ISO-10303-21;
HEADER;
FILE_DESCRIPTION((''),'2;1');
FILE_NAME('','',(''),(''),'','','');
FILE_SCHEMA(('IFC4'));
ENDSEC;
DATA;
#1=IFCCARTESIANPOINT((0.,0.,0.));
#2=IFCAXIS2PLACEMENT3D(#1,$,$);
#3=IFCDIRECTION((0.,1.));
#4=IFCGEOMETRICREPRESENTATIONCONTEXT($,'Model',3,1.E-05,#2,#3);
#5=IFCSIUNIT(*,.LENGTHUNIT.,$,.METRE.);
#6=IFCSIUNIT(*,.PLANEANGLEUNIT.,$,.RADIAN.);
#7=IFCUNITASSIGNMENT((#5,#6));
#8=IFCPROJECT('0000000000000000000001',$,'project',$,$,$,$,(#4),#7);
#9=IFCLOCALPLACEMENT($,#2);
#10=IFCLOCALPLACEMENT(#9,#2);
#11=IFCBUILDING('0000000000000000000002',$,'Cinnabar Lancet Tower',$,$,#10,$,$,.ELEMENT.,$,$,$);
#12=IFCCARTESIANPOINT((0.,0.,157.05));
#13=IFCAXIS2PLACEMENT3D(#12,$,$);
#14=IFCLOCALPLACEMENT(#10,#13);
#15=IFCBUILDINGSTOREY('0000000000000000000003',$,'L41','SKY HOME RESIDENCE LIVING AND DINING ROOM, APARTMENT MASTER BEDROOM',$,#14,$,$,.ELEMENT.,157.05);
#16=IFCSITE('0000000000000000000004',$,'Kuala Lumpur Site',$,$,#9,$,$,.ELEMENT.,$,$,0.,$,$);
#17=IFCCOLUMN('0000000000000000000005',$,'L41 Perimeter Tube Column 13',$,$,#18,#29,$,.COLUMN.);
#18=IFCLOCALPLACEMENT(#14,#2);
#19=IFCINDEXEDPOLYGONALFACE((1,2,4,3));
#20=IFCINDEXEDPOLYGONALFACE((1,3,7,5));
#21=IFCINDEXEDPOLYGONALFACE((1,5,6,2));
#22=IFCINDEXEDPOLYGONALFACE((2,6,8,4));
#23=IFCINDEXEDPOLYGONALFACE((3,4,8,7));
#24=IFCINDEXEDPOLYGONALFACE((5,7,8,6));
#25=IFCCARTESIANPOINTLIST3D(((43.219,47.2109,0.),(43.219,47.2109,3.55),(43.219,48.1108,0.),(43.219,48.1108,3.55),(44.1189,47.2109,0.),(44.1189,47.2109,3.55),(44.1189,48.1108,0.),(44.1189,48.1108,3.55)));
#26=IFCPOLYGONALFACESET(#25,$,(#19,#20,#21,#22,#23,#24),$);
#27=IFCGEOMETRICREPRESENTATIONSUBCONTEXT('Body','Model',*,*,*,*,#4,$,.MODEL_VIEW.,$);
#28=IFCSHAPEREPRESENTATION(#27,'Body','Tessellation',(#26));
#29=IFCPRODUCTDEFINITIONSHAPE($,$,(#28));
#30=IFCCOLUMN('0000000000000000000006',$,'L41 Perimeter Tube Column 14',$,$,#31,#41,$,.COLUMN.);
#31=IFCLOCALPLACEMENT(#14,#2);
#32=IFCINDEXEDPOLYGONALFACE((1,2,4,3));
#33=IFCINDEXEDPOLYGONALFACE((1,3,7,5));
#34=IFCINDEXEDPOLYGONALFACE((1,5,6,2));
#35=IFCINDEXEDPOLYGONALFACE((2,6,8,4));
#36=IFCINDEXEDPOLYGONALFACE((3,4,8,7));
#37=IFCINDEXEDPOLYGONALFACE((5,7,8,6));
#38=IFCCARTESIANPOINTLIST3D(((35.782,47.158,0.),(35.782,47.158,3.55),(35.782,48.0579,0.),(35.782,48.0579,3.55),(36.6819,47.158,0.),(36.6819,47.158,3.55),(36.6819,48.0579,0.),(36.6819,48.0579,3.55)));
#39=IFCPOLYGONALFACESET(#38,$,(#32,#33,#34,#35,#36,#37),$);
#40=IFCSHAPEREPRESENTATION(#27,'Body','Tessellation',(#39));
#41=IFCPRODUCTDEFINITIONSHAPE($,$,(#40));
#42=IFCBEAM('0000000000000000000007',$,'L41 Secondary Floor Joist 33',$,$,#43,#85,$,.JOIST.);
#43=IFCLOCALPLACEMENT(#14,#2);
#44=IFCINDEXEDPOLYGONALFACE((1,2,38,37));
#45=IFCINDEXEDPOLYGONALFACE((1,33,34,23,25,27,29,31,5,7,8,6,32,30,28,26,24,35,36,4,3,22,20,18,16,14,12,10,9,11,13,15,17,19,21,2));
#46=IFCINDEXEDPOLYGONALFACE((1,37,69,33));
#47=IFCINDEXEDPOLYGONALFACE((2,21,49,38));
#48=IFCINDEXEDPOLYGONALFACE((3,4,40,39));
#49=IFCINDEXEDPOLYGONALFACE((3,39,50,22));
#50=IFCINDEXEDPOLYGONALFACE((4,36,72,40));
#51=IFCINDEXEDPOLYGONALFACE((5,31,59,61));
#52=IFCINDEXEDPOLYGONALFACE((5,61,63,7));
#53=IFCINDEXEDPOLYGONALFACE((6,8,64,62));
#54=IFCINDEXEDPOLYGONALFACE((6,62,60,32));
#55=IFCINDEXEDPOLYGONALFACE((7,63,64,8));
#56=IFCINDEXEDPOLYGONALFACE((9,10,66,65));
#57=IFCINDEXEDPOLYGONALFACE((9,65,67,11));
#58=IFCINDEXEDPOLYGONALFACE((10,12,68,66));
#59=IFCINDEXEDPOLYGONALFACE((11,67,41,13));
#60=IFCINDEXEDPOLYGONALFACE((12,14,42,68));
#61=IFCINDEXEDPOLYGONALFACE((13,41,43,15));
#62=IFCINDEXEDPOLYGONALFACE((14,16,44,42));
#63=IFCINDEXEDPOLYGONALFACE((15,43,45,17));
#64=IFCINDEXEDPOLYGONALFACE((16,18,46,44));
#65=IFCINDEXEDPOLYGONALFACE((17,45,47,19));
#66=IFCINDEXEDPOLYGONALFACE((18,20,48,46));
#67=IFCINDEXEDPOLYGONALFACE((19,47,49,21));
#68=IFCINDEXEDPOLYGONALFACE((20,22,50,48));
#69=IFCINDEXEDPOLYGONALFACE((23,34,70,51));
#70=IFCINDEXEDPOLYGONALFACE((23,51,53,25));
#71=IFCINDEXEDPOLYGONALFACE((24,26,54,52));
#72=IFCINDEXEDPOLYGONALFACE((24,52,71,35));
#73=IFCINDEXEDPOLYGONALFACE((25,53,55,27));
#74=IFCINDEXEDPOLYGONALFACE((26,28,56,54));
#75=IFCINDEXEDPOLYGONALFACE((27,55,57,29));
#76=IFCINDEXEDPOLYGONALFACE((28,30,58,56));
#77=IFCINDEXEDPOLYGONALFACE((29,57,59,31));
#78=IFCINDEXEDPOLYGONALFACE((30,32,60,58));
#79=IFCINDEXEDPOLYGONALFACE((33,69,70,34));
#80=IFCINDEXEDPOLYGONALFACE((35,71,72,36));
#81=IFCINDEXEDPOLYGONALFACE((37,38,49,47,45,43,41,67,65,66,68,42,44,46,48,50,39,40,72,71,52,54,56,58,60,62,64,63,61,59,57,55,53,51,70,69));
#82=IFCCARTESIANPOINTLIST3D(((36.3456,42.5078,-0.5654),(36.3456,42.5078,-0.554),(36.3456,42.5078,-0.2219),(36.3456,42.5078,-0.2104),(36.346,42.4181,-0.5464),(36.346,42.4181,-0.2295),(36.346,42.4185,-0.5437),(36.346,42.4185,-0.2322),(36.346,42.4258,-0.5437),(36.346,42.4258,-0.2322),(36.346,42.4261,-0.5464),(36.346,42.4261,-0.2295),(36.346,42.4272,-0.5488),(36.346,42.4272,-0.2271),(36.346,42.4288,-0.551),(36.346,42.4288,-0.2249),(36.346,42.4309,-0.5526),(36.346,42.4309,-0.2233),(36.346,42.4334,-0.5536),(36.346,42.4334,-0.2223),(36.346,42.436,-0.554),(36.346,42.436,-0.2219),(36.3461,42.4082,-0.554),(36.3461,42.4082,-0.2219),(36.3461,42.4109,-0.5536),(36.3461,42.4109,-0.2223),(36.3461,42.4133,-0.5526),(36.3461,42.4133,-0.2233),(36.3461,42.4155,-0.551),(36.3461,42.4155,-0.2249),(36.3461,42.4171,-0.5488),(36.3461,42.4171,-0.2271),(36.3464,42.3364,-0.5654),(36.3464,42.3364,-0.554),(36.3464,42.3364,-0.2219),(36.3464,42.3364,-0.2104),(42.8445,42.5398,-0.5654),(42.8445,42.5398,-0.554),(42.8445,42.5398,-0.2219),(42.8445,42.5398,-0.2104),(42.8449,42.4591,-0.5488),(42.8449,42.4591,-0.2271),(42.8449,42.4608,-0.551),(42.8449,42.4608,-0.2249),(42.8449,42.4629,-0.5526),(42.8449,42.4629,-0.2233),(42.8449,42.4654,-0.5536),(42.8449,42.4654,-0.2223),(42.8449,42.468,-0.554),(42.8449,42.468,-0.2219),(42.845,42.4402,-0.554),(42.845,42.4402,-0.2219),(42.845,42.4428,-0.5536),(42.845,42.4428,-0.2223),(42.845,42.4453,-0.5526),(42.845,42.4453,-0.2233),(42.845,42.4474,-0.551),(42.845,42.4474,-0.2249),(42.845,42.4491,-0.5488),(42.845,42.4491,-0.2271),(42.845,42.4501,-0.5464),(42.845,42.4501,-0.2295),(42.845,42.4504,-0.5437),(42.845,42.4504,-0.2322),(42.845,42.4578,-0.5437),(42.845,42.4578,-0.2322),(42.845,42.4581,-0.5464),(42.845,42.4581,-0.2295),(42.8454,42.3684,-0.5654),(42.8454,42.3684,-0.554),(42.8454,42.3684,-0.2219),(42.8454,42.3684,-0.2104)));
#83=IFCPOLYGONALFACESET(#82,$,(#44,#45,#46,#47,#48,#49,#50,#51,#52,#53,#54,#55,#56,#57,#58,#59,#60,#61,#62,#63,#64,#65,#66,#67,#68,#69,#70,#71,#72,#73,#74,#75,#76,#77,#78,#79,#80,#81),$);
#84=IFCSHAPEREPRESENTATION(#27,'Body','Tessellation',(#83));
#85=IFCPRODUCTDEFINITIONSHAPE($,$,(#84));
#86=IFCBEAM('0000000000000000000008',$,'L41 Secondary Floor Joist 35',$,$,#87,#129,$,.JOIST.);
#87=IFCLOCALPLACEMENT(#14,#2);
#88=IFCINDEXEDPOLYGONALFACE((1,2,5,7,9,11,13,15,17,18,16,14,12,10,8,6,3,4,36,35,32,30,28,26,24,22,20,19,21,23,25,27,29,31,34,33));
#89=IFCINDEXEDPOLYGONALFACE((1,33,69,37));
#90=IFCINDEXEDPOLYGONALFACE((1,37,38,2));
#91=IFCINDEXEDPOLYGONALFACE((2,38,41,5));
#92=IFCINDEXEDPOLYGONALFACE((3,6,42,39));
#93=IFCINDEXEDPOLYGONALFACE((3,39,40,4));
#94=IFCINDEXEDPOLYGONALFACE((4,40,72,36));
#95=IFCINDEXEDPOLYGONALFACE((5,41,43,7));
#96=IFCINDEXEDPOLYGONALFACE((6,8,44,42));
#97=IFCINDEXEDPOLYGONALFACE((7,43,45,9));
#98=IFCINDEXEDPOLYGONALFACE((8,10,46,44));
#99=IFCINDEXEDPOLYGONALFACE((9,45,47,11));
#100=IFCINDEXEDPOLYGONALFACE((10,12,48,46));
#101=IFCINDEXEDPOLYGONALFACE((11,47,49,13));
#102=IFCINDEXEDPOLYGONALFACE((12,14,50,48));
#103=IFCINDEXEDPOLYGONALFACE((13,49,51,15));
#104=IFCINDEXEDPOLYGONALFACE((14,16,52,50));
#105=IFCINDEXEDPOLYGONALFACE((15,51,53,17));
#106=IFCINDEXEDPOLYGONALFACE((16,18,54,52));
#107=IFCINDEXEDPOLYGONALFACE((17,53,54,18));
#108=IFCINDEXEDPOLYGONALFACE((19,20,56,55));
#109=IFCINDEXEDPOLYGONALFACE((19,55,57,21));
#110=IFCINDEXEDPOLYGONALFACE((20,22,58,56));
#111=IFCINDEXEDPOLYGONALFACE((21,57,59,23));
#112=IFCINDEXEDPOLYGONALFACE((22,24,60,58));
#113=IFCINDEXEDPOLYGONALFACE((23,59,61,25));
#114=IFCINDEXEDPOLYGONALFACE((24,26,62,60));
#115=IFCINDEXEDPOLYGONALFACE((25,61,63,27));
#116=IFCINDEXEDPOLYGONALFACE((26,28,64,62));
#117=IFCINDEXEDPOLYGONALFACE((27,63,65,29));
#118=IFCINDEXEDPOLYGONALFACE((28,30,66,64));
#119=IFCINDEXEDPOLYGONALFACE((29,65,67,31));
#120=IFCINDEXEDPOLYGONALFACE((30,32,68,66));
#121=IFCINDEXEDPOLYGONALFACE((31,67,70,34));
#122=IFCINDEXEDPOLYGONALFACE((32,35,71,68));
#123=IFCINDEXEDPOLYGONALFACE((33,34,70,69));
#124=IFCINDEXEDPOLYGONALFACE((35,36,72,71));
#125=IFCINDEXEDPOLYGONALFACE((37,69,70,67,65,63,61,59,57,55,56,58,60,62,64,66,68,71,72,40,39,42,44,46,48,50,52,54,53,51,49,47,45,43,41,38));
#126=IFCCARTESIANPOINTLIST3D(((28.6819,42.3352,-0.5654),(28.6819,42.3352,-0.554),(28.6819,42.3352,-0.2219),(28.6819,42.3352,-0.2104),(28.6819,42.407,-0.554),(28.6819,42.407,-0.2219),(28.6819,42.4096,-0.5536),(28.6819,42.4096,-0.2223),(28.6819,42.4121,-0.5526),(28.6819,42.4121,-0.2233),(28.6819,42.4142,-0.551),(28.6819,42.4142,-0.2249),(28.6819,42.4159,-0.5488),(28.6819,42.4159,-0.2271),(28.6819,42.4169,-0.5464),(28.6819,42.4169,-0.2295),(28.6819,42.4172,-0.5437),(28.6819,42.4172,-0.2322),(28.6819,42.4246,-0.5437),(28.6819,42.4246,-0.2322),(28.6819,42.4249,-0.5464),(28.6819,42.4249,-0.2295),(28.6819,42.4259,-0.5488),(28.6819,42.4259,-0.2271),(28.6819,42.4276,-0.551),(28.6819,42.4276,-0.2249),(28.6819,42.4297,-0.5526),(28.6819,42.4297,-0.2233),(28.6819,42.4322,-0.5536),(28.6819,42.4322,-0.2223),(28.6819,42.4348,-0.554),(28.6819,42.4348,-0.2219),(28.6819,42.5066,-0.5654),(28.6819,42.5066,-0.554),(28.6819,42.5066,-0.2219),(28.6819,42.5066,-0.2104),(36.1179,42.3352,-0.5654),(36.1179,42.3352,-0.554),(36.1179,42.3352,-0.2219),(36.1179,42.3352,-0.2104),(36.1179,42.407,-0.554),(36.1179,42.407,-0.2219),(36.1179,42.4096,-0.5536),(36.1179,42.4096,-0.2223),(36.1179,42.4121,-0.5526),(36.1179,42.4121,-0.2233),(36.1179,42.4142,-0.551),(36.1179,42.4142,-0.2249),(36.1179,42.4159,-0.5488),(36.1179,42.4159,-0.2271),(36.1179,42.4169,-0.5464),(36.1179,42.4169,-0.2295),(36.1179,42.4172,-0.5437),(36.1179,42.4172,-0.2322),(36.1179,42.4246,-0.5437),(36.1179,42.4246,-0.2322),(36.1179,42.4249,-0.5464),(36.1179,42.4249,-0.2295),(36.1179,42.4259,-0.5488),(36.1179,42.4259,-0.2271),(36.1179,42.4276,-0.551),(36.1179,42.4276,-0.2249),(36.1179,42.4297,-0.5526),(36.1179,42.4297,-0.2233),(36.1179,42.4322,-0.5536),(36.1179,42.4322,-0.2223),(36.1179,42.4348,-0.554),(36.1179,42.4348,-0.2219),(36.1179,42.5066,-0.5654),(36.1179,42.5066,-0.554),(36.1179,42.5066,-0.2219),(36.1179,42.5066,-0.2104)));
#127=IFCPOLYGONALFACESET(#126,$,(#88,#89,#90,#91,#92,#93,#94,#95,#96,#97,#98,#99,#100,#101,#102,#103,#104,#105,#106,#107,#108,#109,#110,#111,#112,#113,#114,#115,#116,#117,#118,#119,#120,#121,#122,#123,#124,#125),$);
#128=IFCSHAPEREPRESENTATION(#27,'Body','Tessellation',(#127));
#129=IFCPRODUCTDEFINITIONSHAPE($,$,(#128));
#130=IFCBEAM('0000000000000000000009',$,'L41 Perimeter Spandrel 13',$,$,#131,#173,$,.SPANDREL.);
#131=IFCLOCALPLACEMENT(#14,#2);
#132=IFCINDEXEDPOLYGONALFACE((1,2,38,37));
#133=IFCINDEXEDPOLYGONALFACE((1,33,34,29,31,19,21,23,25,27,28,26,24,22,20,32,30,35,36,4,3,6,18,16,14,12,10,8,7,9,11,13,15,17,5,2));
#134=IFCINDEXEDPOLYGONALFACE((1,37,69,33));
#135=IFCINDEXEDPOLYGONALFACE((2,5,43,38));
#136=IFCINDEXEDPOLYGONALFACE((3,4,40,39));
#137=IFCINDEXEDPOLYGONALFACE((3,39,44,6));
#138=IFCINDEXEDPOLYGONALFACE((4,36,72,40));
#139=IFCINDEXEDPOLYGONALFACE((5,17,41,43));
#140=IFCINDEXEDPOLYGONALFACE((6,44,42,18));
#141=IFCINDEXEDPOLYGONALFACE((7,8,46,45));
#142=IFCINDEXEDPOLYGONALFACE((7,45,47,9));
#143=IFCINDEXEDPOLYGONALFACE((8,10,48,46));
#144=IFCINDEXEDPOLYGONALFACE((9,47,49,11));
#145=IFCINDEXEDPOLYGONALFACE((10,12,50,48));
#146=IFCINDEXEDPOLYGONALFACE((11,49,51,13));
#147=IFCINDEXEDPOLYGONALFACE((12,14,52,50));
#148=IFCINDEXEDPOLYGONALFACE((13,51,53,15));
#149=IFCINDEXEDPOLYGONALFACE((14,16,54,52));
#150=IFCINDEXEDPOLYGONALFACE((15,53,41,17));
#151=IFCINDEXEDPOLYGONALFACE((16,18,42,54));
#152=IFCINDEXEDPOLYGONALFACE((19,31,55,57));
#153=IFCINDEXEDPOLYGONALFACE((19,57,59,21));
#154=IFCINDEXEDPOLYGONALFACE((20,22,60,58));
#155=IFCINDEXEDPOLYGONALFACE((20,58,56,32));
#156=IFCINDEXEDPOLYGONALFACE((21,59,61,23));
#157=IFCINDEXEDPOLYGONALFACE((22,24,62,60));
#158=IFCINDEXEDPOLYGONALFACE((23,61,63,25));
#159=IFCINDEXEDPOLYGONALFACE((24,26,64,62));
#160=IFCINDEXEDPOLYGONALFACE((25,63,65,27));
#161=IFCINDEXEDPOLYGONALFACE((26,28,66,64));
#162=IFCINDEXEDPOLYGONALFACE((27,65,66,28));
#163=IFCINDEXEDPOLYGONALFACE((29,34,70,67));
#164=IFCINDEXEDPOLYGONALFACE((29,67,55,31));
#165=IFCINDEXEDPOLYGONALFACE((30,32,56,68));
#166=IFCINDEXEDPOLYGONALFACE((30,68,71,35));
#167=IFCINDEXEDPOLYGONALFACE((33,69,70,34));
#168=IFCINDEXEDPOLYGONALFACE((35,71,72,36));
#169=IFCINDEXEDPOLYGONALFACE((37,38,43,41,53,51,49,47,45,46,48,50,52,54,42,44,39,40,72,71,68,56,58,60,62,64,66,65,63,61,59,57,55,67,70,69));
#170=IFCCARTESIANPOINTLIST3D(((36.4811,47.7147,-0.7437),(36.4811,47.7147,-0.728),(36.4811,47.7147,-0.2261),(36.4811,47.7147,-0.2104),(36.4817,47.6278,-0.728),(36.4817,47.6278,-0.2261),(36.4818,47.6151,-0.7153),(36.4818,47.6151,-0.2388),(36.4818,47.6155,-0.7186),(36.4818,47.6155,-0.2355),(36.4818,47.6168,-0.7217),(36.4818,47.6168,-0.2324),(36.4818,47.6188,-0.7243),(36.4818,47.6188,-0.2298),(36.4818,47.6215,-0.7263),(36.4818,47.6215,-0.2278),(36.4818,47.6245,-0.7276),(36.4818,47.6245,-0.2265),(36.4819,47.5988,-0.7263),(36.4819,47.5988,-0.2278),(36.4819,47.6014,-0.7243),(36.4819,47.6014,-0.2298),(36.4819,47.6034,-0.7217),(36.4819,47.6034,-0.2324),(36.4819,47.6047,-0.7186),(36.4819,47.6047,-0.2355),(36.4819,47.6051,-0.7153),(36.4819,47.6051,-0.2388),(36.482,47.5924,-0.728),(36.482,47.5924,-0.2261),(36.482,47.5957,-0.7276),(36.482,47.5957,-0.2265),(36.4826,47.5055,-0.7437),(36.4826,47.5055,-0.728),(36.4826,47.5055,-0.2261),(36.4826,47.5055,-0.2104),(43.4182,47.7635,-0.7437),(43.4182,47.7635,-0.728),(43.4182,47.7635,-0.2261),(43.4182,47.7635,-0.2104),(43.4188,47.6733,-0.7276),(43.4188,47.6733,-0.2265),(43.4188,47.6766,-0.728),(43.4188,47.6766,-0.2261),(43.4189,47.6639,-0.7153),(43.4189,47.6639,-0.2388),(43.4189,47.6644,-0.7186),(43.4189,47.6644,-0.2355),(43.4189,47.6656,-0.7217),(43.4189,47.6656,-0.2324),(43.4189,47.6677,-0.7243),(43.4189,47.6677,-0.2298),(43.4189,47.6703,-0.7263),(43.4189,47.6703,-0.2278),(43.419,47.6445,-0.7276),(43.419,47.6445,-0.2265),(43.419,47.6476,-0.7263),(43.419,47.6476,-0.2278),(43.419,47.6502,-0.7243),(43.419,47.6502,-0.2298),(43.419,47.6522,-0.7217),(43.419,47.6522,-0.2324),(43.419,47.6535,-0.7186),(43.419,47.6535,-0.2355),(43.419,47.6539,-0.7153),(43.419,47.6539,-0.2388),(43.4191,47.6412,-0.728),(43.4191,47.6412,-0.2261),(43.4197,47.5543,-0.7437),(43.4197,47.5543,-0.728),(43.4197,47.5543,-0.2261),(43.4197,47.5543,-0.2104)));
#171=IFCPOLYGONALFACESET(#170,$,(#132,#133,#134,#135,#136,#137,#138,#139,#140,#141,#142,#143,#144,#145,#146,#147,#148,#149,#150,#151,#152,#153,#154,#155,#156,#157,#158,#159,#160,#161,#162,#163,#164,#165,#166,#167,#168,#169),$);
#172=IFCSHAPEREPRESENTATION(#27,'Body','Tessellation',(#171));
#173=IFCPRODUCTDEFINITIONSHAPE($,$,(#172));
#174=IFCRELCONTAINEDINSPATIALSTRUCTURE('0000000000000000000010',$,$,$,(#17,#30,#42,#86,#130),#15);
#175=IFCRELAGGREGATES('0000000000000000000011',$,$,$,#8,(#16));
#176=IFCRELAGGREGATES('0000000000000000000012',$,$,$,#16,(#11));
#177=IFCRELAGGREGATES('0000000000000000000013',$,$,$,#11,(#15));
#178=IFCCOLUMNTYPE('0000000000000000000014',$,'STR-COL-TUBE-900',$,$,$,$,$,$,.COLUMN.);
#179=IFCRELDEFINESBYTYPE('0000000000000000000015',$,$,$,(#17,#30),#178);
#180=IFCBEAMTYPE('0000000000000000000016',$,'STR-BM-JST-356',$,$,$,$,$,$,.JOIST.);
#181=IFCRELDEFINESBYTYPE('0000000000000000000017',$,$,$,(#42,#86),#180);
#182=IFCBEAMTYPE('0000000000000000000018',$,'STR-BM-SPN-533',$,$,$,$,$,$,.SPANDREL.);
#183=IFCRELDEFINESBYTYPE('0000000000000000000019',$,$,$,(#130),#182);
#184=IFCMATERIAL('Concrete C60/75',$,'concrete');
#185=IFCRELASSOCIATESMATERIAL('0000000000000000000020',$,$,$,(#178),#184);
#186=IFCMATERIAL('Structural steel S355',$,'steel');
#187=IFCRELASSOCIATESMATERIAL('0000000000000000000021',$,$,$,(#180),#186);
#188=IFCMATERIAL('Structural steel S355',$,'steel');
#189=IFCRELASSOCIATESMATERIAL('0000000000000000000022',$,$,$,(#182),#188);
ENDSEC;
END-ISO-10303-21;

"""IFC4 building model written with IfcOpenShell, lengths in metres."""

from ifc_helpers import new_model, si_unit, direction, frame, origin, origin_2d, place, context, subcontext, project, spatial, rectangle, i_section, extrude, material, material_profile, profile_set, type_object, element, save


model = new_model("IFC4")

# Units and contexts
model_context = context("Model", 3, precision=1e-05, world=origin(), true_north=direction((0.0, 1.0)))
body_context = subcontext(model_context, "Body", "Model", "MODEL_VIEW")
ifc_project = project(units=[si_unit("LENGTHUNIT", "METRE"), si_unit("PLANEANGLEUNIT", "RADIAN")], contexts=[model_context])

# Site, building, storey
site_placement = place(None, origin())
site = spatial("IfcSite", under=ifc_project, at=site_placement, Name="Kuala Lumpur Site", CompositionType="ELEMENT", RefElevation=0.0)
building_placement = place(site_placement, origin())
building = spatial("IfcBuilding", under=site, at=building_placement, Name="Cinnabar Lancet Tower", CompositionType="ELEMENT")
storey_placement = place(building_placement, frame((0.0, 0.0, 157.05)))
storey = spatial("IfcBuildingStorey", under=building, at=storey_placement, Name="L41", Description="SKY HOME RESIDENCE LIVING AND DINING ROOM, APARTMENT MASTER BEDROOM", CompositionType="ELEMENT", Elevation=157.05)

# Columns
ifc_material_1 = material(Name="Concrete C60/75", Category="concrete")
ifc_material_profile_1 = material_profile(ifc_material_1, rectangle(XDim=0.8999, YDim=0.8999, at=origin_2d()), Name="RC-COL 900x900")
ifc_profile_set_1 = profile_set([ifc_material_profile_1], Name="Concrete C60/75")
column_type = type_object("IfcColumnType", Name="STR-COL-TUBE-900", PredefinedType="COLUMN", material=ifc_profile_set_1)
for number, where, z_axis, x_axis, name in (
    (1, (43.6689, 47.6609, 0.0), (0.0, 0.0, 1.0), (1.0, 0.0, 0.0), "L41 Perimeter Tube Column 13"),
    (2, (36.2319, 47.6079, 0.0), (0.0, 0.0, 1.0), (1.0, 0.0, 0.0), "L41 Perimeter Tube Column 14"),
):
    element("IfcColumn", number, at=place(storey_placement, frame(where, z_axis=z_axis, x_axis=x_axis)), inside=storey, type_object=column_type, Name=name, PredefinedType="COLUMN", context=body_context, shape_type="SweptSolid", body=[
        extrude(rectangle(XDim=0.8999, YDim=0.8999, at=origin_2d()), origin(), (0.0, 0.0, 1.0), 3.55),
    ])

# Beams
ifc_material_2 = material(Name="Structural steel S355", Category="steel")
ifc_material_profile_2 = material_profile(ifc_material_2, i_section(OverallWidth=0.1714, OverallDepth=0.355, WebThickness=0.0073, FlangeThickness=0.0115, FilletRadius=0.0103, at=origin_2d()), Name="UKB 356x171x51")
ifc_profile_set_2 = profile_set([ifc_material_profile_2], Name="Structural steel S355")
beam_type_1 = type_object("IfcBeamType", Name="STR-BM-JST-356", PredefinedType="JOIST", material=ifc_profile_set_2)
beam_1_placement = place(storey_placement, frame((42.845, 42.4541, -0.3879), z_axis=(-0.999988, -0.004921, 0.0), x_axis=(0.004921, -0.999988, 0.0)))
element("IfcBeam", 3, at=beam_1_placement, inside=storey, type_object=beam_type_1, Name="L41 Secondary Floor Joist 33", PredefinedType="JOIST", context=body_context, shape_type="SweptSolid", body=[
    extrude(i_section(OverallWidth=0.1714, OverallDepth=0.355, WebThickness=0.0073, FlangeThickness=0.0115, FilletRadius=0.0103, at=origin_2d()), origin(), (0.0, 0.0, 1.0), 6.499),
])
beam_2_placement = place(storey_placement, frame((36.1179, 42.4209, -0.3879), z_axis=(-1.0, 0.0, 0.0), x_axis=(0.0, -1.0, 0.0)))
element("IfcBeam", 4, at=beam_2_placement, inside=storey, type_object=beam_type_1, Name="L41 Secondary Floor Joist 35", PredefinedType="JOIST", context=body_context, shape_type="SweptSolid", body=[
    extrude(i_section(OverallWidth=0.1714, OverallDepth=0.355, WebThickness=0.0073, FlangeThickness=0.0115, FilletRadius=0.0103, at=origin_2d()), origin(), (0.0, 0.0, 1.0), 7.436),
])
ifc_material_3 = material(Name="Structural steel S355", Category="steel")
ifc_material_profile_3 = material_profile(ifc_material_3, i_section(OverallWidth=0.2092, OverallDepth=0.5332, WebThickness=0.01, FlangeThickness=0.0156, FilletRadius=0.0127, at=origin_2d()), Name="UKB 533x210x92")
ifc_profile_set_3 = profile_set([ifc_material_profile_3], Name="Structural steel S355")
beam_type_2 = type_object("IfcBeamType", Name="STR-BM-SPN-533", PredefinedType="SPANDREL", material=ifc_profile_set_3)
beam_3_placement = place(storey_placement, frame((43.4189, 47.6589, -0.4771), z_axis=(-0.999975, -0.007039, 0.0), x_axis=(0.007039, -0.999975, 0.0)))
element("IfcBeam", 5, at=beam_3_placement, inside=storey, type_object=beam_type_2, Name="L41 Perimeter Spandrel 13", PredefinedType="SPANDREL", context=body_context, shape_type="SweptSolid", body=[
    extrude(i_section(OverallWidth=0.2092, OverallDepth=0.5332, WebThickness=0.01, FlangeThickness=0.0156, FilletRadius=0.0127, at=origin_2d()), origin(), (0.0, 0.0, 1.0), 6.9373),
])

save(model, "model.ifc")
